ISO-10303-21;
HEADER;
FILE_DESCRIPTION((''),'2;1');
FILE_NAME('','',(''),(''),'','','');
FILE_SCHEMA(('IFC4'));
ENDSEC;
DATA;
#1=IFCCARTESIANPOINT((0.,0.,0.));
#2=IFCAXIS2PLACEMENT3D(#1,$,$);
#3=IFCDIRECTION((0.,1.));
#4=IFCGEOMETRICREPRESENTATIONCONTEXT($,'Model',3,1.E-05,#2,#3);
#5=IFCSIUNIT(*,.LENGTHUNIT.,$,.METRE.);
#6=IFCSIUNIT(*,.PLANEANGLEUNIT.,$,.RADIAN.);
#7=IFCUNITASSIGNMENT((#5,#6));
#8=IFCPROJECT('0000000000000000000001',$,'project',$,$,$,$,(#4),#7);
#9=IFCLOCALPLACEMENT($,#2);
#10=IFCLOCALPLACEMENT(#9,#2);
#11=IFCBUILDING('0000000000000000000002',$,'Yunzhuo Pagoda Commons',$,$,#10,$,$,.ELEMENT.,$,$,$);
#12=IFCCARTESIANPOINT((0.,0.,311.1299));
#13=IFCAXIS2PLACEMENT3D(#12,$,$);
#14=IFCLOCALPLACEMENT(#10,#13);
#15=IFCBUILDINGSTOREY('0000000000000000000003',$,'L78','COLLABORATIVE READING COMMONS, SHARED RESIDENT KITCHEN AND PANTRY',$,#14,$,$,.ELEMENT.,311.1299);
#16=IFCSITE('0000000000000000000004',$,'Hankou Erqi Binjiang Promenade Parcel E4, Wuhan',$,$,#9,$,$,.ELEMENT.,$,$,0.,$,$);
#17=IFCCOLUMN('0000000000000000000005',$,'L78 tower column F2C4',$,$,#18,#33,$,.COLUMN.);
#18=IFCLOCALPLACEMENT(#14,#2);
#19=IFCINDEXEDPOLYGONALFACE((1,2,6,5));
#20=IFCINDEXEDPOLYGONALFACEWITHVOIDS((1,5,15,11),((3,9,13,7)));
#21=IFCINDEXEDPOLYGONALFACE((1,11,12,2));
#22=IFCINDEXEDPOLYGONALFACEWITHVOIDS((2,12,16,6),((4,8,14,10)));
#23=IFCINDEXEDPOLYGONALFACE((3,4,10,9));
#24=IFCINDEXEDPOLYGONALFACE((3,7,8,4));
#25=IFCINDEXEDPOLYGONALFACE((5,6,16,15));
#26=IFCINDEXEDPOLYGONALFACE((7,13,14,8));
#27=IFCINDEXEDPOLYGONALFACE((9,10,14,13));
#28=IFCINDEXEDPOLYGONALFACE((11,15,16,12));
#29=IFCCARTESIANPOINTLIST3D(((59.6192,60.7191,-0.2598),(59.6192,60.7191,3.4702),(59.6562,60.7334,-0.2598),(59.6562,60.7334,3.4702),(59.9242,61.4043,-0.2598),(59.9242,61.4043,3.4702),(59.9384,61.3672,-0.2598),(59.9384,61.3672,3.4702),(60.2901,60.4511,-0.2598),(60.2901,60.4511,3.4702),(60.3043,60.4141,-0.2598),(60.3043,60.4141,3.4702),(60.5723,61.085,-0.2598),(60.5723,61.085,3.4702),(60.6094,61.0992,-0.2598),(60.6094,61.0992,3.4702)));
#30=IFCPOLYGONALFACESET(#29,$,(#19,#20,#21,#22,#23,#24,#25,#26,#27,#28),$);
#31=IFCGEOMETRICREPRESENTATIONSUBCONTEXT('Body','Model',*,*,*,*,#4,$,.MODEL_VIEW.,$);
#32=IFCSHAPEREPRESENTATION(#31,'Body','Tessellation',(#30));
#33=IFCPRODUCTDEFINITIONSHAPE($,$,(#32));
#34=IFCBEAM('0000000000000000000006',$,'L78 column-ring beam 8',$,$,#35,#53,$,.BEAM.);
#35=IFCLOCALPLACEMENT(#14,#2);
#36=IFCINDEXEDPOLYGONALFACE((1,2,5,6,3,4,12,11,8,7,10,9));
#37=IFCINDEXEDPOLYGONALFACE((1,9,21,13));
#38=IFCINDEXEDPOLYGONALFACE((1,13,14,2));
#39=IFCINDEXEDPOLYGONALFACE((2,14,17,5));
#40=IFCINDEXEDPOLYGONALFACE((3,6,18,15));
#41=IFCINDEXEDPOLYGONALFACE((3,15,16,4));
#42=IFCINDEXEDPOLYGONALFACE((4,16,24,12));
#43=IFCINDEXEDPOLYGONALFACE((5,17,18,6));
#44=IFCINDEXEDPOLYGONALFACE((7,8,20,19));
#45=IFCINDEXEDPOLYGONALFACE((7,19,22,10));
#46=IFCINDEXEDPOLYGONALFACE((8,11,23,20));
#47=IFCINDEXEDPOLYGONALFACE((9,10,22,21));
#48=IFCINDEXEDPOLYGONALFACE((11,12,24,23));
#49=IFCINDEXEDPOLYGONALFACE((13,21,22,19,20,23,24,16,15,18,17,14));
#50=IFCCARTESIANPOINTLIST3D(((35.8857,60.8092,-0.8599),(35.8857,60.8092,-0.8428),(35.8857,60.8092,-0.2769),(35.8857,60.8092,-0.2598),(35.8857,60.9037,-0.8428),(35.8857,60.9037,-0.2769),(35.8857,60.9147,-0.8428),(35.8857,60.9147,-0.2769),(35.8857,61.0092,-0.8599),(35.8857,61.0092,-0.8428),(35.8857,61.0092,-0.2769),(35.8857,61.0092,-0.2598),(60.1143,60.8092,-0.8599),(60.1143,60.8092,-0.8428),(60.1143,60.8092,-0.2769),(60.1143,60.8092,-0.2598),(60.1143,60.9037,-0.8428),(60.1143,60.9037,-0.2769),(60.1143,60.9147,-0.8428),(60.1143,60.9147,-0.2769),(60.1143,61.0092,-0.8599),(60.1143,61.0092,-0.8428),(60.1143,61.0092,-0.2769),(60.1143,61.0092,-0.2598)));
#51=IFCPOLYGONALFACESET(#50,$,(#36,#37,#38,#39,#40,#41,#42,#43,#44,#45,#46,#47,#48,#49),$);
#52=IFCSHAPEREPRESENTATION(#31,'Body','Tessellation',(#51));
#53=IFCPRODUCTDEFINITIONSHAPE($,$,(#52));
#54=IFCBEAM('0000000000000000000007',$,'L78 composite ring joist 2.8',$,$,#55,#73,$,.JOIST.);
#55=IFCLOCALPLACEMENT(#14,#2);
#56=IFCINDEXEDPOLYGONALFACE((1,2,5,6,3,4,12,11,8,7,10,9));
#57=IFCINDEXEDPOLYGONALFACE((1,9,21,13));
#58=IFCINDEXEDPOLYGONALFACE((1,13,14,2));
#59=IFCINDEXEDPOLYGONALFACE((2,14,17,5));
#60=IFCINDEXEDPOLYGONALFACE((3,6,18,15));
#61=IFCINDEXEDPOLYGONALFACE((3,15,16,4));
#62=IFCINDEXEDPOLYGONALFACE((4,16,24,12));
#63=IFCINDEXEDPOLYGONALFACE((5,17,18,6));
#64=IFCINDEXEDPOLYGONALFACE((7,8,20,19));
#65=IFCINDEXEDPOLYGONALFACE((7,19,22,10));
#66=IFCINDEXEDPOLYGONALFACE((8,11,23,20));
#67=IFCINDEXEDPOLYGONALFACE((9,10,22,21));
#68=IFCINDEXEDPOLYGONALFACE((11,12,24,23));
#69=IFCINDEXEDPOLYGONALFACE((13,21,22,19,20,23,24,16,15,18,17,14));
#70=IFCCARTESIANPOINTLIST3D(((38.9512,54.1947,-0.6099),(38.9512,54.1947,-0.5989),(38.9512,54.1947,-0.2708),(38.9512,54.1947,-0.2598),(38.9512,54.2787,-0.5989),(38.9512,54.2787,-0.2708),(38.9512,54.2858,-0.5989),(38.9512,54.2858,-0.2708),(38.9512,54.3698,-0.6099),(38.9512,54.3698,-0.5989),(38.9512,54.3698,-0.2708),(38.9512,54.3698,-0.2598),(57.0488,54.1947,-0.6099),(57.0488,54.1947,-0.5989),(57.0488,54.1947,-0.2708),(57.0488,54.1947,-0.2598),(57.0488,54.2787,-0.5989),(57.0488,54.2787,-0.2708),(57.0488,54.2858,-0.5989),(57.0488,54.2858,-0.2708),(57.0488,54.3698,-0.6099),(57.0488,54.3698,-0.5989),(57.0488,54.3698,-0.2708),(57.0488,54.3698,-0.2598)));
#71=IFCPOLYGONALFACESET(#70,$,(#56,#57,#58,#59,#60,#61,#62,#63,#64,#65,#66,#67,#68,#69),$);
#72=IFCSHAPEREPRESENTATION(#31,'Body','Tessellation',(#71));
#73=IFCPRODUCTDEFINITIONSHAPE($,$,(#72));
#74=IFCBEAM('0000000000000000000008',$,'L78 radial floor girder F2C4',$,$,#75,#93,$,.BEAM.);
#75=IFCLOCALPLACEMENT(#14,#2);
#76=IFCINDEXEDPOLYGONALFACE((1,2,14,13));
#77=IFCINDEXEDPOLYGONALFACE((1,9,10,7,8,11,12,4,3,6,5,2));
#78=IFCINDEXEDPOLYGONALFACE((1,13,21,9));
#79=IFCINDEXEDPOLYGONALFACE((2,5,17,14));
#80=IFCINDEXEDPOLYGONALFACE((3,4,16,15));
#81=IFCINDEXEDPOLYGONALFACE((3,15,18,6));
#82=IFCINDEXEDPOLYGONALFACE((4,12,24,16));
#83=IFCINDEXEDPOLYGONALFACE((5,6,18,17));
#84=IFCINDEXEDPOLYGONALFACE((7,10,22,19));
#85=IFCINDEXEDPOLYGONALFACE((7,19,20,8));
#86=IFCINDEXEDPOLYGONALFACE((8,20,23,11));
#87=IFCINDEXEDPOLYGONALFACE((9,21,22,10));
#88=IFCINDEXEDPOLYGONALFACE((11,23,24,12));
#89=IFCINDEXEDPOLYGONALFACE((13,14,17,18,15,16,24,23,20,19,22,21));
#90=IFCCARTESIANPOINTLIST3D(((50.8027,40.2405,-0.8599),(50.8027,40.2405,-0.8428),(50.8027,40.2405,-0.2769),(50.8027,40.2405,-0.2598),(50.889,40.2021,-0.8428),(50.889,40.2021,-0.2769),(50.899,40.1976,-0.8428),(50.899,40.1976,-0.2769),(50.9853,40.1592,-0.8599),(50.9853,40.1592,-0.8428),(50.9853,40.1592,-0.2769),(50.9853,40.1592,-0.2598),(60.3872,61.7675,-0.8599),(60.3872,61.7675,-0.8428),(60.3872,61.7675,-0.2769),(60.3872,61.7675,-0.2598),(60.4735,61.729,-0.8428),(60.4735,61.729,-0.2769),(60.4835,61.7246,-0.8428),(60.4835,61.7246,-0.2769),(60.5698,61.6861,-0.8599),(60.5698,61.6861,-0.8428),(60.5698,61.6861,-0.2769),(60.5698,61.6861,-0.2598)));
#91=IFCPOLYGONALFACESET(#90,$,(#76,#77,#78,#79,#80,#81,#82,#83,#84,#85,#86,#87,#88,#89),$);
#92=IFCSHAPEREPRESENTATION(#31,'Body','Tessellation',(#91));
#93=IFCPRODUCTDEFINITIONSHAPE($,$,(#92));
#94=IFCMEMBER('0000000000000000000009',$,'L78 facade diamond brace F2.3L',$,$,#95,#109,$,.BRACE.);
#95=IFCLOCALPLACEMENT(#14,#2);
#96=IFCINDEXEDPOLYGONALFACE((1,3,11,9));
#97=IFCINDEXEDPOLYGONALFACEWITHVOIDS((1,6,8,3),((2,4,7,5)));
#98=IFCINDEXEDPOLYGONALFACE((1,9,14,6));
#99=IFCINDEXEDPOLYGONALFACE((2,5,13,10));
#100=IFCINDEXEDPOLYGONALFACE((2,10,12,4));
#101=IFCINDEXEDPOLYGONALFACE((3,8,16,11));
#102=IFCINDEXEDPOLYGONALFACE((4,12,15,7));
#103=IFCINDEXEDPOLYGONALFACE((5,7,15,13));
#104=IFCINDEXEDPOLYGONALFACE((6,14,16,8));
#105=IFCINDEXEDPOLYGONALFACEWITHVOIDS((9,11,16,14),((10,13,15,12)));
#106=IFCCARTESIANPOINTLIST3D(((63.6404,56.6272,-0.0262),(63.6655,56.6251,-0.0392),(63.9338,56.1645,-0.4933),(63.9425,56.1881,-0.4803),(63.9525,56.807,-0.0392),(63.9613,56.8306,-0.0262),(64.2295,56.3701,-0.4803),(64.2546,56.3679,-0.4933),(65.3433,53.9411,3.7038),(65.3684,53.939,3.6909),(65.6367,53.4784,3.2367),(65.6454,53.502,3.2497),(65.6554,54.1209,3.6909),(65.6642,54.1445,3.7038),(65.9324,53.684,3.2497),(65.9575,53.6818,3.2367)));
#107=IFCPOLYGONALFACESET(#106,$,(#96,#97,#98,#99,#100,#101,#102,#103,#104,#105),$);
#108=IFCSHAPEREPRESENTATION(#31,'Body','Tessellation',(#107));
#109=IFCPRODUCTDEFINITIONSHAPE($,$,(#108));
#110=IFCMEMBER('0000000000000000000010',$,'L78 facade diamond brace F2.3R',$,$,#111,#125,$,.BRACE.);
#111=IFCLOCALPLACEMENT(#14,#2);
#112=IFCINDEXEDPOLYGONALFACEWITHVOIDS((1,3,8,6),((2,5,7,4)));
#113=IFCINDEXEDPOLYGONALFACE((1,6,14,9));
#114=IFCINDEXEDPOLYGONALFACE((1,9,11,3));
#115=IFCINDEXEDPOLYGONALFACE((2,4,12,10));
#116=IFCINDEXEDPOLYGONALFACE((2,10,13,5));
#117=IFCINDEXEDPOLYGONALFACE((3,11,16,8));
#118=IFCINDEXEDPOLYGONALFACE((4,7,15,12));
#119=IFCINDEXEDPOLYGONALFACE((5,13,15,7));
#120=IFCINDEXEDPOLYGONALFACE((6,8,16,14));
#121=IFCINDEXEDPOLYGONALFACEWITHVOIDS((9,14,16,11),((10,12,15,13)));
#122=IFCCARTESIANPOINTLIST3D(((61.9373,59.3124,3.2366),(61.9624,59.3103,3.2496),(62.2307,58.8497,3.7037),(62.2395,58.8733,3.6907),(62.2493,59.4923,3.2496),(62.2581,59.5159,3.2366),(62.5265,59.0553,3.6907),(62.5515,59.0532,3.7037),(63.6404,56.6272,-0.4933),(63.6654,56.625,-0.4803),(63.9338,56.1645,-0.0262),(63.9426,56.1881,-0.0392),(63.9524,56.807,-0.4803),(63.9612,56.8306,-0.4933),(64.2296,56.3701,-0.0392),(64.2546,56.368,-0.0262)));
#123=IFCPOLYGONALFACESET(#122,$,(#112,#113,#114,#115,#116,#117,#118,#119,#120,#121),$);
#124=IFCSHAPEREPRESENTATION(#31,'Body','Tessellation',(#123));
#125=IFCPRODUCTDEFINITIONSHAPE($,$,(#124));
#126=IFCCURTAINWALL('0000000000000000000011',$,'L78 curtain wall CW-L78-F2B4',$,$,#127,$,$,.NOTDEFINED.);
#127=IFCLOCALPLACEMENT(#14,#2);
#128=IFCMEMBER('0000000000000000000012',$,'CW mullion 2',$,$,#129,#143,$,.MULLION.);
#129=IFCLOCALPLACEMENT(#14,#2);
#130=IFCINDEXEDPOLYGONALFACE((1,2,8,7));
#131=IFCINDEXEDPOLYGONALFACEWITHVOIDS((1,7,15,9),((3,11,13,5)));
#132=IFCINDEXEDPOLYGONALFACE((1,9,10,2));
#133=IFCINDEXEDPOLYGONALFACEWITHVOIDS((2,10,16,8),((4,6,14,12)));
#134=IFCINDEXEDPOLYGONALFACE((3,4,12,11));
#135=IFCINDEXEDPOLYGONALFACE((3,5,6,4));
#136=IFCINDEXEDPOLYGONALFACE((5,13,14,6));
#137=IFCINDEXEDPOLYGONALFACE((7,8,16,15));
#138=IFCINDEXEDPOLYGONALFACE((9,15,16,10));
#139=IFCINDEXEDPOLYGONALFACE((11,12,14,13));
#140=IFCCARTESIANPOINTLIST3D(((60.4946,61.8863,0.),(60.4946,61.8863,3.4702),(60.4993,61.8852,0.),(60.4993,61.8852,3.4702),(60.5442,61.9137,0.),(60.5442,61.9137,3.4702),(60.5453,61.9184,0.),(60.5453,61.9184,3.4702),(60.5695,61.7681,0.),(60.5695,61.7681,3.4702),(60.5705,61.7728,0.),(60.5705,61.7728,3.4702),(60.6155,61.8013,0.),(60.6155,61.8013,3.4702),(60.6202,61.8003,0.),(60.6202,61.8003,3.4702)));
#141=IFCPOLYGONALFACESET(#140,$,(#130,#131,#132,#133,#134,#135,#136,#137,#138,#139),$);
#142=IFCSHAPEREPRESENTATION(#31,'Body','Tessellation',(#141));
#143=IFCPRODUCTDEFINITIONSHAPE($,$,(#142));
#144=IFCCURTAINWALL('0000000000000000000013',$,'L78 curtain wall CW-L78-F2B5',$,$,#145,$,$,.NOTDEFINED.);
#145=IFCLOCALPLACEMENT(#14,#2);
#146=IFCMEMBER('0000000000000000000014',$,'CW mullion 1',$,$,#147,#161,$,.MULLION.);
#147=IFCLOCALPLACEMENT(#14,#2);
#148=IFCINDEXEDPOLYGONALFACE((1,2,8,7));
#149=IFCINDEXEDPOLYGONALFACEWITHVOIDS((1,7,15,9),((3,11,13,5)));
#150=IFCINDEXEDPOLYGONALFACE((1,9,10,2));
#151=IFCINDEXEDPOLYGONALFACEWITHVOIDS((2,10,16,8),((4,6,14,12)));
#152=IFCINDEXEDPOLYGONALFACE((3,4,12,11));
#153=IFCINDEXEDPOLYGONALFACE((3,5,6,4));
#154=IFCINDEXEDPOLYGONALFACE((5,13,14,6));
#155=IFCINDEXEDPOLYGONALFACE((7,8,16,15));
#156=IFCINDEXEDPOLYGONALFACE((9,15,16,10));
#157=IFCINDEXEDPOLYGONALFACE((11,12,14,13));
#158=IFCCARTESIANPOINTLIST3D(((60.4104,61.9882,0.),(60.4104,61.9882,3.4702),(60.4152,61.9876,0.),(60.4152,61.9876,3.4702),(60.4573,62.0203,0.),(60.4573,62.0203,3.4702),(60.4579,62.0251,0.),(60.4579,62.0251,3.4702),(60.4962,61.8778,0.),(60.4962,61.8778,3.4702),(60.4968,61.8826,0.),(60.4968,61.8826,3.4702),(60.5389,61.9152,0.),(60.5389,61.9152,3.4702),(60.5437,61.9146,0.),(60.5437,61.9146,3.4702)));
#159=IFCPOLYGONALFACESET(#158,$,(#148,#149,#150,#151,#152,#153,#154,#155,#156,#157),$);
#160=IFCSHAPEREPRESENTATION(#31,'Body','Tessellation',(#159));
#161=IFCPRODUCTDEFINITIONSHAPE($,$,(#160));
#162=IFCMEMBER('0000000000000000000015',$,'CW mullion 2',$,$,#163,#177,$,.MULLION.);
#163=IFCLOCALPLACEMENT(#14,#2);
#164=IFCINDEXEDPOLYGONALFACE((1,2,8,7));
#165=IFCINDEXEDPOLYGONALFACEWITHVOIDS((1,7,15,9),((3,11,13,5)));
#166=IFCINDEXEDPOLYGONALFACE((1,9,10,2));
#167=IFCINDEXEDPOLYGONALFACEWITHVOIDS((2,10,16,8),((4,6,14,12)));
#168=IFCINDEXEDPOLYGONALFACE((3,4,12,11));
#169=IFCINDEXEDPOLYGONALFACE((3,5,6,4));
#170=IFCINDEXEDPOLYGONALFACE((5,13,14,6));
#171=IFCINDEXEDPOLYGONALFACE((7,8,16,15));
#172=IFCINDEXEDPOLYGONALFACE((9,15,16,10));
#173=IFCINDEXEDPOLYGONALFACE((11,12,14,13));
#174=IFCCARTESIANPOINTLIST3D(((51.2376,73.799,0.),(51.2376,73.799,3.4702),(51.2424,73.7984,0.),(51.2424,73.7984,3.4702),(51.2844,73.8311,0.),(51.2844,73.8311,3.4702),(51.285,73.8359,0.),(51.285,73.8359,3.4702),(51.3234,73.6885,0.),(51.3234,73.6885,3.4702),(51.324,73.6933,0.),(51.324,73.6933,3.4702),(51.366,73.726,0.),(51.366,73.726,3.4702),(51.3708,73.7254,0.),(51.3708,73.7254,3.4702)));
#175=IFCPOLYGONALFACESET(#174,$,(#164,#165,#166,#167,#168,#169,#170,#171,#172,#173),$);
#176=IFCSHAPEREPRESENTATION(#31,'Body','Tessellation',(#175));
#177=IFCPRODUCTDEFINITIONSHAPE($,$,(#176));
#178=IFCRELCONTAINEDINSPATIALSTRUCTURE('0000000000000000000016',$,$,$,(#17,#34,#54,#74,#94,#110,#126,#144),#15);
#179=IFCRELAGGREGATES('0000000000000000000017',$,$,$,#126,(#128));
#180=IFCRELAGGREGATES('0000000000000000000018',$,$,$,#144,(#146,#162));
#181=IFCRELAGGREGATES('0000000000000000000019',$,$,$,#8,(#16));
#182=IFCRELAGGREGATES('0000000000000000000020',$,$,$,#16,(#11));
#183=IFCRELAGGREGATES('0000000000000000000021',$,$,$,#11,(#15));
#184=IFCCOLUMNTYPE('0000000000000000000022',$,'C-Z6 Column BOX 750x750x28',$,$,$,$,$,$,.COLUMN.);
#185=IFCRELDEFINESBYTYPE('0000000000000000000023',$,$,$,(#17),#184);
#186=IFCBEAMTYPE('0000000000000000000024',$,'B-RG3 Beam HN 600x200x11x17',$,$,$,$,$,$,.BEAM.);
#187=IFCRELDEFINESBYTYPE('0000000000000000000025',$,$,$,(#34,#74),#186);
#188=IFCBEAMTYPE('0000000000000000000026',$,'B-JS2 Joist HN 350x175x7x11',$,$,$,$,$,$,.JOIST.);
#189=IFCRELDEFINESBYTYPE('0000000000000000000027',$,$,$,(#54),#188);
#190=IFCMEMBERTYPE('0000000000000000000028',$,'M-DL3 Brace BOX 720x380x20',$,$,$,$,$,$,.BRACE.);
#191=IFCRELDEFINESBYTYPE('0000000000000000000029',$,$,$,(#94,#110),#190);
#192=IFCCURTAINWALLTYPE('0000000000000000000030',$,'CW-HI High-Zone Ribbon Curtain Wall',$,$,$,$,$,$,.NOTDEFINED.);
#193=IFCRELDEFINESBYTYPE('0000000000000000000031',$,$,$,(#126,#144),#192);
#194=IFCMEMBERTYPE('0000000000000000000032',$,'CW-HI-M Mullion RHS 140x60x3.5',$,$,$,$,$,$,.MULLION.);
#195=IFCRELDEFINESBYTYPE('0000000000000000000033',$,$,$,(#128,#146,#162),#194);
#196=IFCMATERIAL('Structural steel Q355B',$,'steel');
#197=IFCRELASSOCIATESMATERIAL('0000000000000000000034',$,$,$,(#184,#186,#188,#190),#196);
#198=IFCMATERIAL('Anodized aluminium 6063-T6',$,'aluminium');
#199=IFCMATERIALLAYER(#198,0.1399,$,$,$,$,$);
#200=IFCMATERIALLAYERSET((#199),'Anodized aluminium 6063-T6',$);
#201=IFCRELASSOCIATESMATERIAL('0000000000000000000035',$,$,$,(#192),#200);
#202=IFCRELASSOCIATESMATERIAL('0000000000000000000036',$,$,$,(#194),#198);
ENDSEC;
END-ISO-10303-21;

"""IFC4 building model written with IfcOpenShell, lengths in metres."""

from ifc_helpers import new_model, si_unit, direction, frame, origin, origin_2d, place, context, subcontext, project, spatial, hollow_rectangle, i_section, extrude, source, transform, mapped, material, layer, layer_set, material_profile, profile_set, type_object, element, aggregate, save


model = new_model("IFC4")

# Units and contexts
model_context = context("Model", 3, precision=1e-05, world=origin(), true_north=direction((0.0, 1.0)))
body_context = subcontext(model_context, "Body", "Model", "MODEL_VIEW")
ifc_project = project(units=[si_unit("LENGTHUNIT", "METRE"), si_unit("PLANEANGLEUNIT", "RADIAN")], contexts=[model_context])

# Site, building, storey
site_placement = place(None, origin())
site = spatial("IfcSite", under=ifc_project, at=site_placement, Name="Hankou Erqi Binjiang Promenade Parcel E4, Wuhan", CompositionType="ELEMENT", RefElevation=0.0)
building_placement = place(site_placement, origin())
building = spatial("IfcBuilding", under=site, at=building_placement, Name="Yunzhuo Pagoda Commons", CompositionType="ELEMENT")
storey_placement = place(building_placement, frame((0.0, 0.0, 311.1299)))
storey = spatial("IfcBuildingStorey", under=building, at=storey_placement, Name="L78", Description="COLLABORATIVE READING COMMONS, SHARED RESIDENT KITCHEN AND PANTRY", CompositionType="ELEMENT", Elevation=311.1299)

# Column
ifc_material_1 = material(Name="Structural steel Q355B", Category="steel")
ifc_material_profile_1 = material_profile(ifc_material_1, hollow_rectangle(XDim=0.75, YDim=0.75, WallThickness=0.0281, at=origin_2d()), Name="Structural steel Q355B")
ifc_profile_set_1 = profile_set([ifc_material_profile_1], Name="Structural steel Q355B")
column_type = type_object("IfcColumnType", Name="C-Z6 Column BOX 750x750x28", PredefinedType="COLUMN", material=ifc_profile_set_1)
shared_shape_1 = source(origin(), body_context, "Body", "SweptSolid", [
    extrude(hollow_rectangle(XDim=0.75, YDim=0.75, WallThickness=0.0281, at=origin_2d()), origin(), (0.0, 0.0, 1.0), 3.73),
])
column_placement = place(storey_placement, frame((60.1143, 60.9092, -0.2598), z_axis=(0.0, 0.0, 1.0), x_axis=(-0.913545, 0.406737, 0.0)))
element("IfcColumn", 1, at=column_placement, inside=storey, type_object=column_type, Name="L78 tower column F2C4", PredefinedType="COLUMN", context=body_context, shape_type="MappedRepresentation", body=[
    mapped(shared_shape_1, transform((0.0, 0.0, 0.0), scale=1.0)),
])

# Beams
ifc_material_profile_2 = material_profile(ifc_material_1, i_section(OverallWidth=0.2, OverallDepth=0.6001, WebThickness=0.011, FlangeThickness=0.0171, at=origin_2d()), Name="Structural steel Q355B")
ifc_profile_set_2 = profile_set([ifc_material_profile_2], Name="Structural steel Q355B")
beam_type_1 = type_object("IfcBeamType", Name="B-RG3 Beam HN 600x200x11x17", PredefinedType="BEAM", material=ifc_profile_set_2)
shared_shape_2 = source(origin(), body_context, "Body", "SweptSolid", [
    extrude(i_section(OverallWidth=0.2, OverallDepth=0.6001, WebThickness=0.011, FlangeThickness=0.0171, at=origin_2d()), origin(), (0.0, 0.0, 1.0), 24.2285),
])
beam_1_placement = place(storey_placement, frame((60.1143, 60.9092, -0.5598), z_axis=(-1.0, 0.0, 0.0), x_axis=(0.0, -1.0, 0.0)))
element("IfcBeam", 2, at=beam_1_placement, inside=storey, type_object=beam_type_1, Name="L78 column-ring beam 8", PredefinedType="BEAM", context=body_context, shape_type="MappedRepresentation", body=[
    mapped(shared_shape_2, transform((0.0, 0.0, 0.0), scale=1.0)),
])
ifc_material_profile_3 = material_profile(ifc_material_1, i_section(OverallWidth=0.175, OverallDepth=0.3501, WebThickness=0.0071, FlangeThickness=0.011, at=origin_2d()), Name="Structural steel Q355B")
ifc_profile_set_3 = profile_set([ifc_material_profile_3], Name="Structural steel Q355B")
beam_type_2 = type_object("IfcBeamType", Name="B-JS2 Joist HN 350x175x7x11", PredefinedType="JOIST", material=ifc_profile_set_3)
shared_shape_3 = source(origin(), body_context, "Body", "SweptSolid", [
    extrude(i_section(OverallWidth=0.175, OverallDepth=0.3501, WebThickness=0.0071, FlangeThickness=0.011, at=origin_2d()), origin(), (0.0, 0.0, 1.0), 18.0977),
])
beam_2_placement = place(storey_placement, frame((57.0488, 54.2822, -0.4348), z_axis=(-1.0, 0.0, 0.0), x_axis=(0.0, -1.0, 0.0)))
element("IfcBeam", 3, at=beam_2_placement, inside=storey, type_object=beam_type_2, Name="L78 composite ring joist 2.8", PredefinedType="JOIST", context=body_context, shape_type="MappedRepresentation", body=[
    mapped(shared_shape_3, transform((0.0, 0.0, 0.0), scale=1.0)),
])
shared_shape_4 = source(origin(), body_context, "Body", "SweptSolid", [
    extrude(i_section(OverallWidth=0.2, OverallDepth=0.6001, WebThickness=0.011, FlangeThickness=0.0171, at=origin_2d()), origin(), (0.0, 0.0, 1.0), 23.5642),
])
beam_3_placement = place(storey_placement, frame((60.4785, 61.7268, -0.5598), z_axis=(-0.40674, -0.913544, 0.0), x_axis=(0.913544, -0.40674, 0.0)))
element("IfcBeam", 4, at=beam_3_placement, inside=storey, type_object=beam_type_1, Name="L78 radial floor girder F2C4", PredefinedType="BEAM", context=body_context, shape_type="MappedRepresentation", body=[
    mapped(shared_shape_4, transform((0.0, 0.0, 0.0), scale=1.0)),
])

# Members
ifc_material_profile_4 = material_profile(ifc_material_1, hollow_rectangle(XDim=0.3799, YDim=0.72, WallThickness=0.02, at=origin_2d()), Name="Structural steel Q355B")
ifc_profile_set_4 = profile_set([ifc_material_profile_4], Name="Structural steel Q355B")
member_type_1 = type_object("IfcMemberType", Name="M-DL3 Brace BOX 720x380x20", PredefinedType="BRACE", material=ifc_profile_set_4)
shared_shape_5 = source(origin(), body_context, "Body", "SweptSolid", [
    extrude(hollow_rectangle(XDim=0.3799, YDim=0.72, WallThickness=0.02, at=origin_2d()), origin(), (0.0, 0.0, 1.0), 4.9019),
])
member_1_placement = place(storey_placement, frame((63.9475, 56.4976, -0.2598), z_axis=(0.347401, -0.547973, 0.760946), x_axis=(0.844574, 0.535439, 0.0)))
element("IfcMember", 5, at=member_1_placement, inside=storey, type_object=member_type_1, Name="L78 facade diamond brace F2.3L", PredefinedType="BRACE", context=body_context, shape_type="MappedRepresentation", body=[
    mapped(shared_shape_5, transform((0.0, 0.0, 0.0), scale=1.0)),
])
shared_shape_6 = source(origin(), body_context, "Body", "SweptSolid", [
    extrude(hollow_rectangle(XDim=0.3799, YDim=0.72, WallThickness=0.02, at=origin_2d()), origin(), (0.0, 0.0, 1.0), 4.9014),
])
member_2_placement = place(storey_placement, frame((63.9475, 56.4976, -0.2598), z_axis=(-0.347474, 0.547859, 0.760995), x_axis=(-0.844473, -0.535598, 0.0)))
element("IfcMember", 6, at=member_2_placement, inside=storey, type_object=member_type_1, Name="L78 facade diamond brace F2.3R", PredefinedType="BRACE", context=body_context, shape_type="MappedRepresentation", body=[
    mapped(shared_shape_6, transform((0.0, 0.0, 0.0), scale=1.0)),
])

# Curtain wall, member
ifc_material_2 = material(Name="Anodized aluminium 6063-T6", Category="aluminium")
ifc_layer_1 = layer(ifc_material_2, 0.1399)
ifc_layer_set_1 = layer_set([ifc_layer_1], Name="Anodized aluminium 6063-T6")
curtain_wall_type = type_object("IfcCurtainWallType", Name="CW-HI High-Zone Ribbon Curtain Wall", PredefinedType="NOTDEFINED", material=ifc_layer_set_1)
curtain_wall_1_placement = place(storey_placement, origin())
curtain_wall_1 = element("IfcCurtainWall", 7, at=curtain_wall_1_placement, inside=storey, type_object=curtain_wall_type, Name="L78 curtain wall CW-L78-F2B4", PredefinedType="NOTDEFINED")
ifc_material_profile_5 = material_profile(ifc_material_2, hollow_rectangle(XDim=0.0601, YDim=0.1399, WallThickness=0.0034, at=origin_2d()), Name="Anodized aluminium 6063-T6")
ifc_profile_set_5 = profile_set([ifc_material_profile_5], Name="Anodized aluminium 6063-T6")
member_type_2 = type_object("IfcMemberType", Name="CW-HI-M Mullion RHS 140x60x3.5", PredefinedType="MULLION", material=ifc_profile_set_5)
shared_shape_7 = source(origin(), body_context, "Body", "SweptSolid", [
    extrude(hollow_rectangle(XDim=0.0601, YDim=0.1399, WallThickness=0.0034, at=origin_2d()), origin(), (0.0, 0.0, 1.0), 3.4702),
])
member_3_placement = place(storey_placement, frame((60.5574, 61.8433, 0.0), z_axis=(0.0, 0.0, 1.0), x_axis=(-0.844513, -0.535535, 0.0)))
member_3 = element("IfcMember", 8, at=member_3_placement, type_object=member_type_2, Name="CW mullion 2", PredefinedType="MULLION", context=body_context, shape_type="MappedRepresentation", body=[
    mapped(shared_shape_7, transform((0.0, 0.0, 0.0), scale=1.0)),
])

# Curtain wall, members
curtain_wall_2_placement = place(storey_placement, origin())
curtain_wall_2 = element("IfcCurtainWall", 9, at=curtain_wall_2_placement, inside=storey, type_object=curtain_wall_type, Name="L78 curtain wall CW-L78-F2B5", PredefinedType="NOTDEFINED")
member_4_placement = place(storey_placement, frame((60.4771, 61.9514, 0.0), z_axis=(0.0, 0.0, 1.0), x_axis=(-0.789783, -0.613387, 0.0)))
member_4 = element("IfcMember", 10, at=member_4_placement, type_object=member_type_2, Name="CW mullion 1", PredefinedType="MULLION", context=body_context, shape_type="MappedRepresentation", body=[
    mapped(shared_shape_7, transform((0.0, 0.0, 0.0), scale=1.0)),
])
member_5_placement = place(storey_placement, frame((51.3042, 73.7622, 0.0), z_axis=(0.0, 0.0, 1.0), x_axis=(-0.789783, -0.613387, 0.0)))
member_5 = element("IfcMember", 11, at=member_5_placement, type_object=member_type_2, Name="CW mullion 2", PredefinedType="MULLION", context=body_context, shape_type="MappedRepresentation", body=[
    mapped(shared_shape_7, transform((0.0, 0.0, 0.0), scale=1.0)),
])

aggregate(curtain_wall_1, [member_3])

aggregate(curtain_wall_2, [member_4, member_5])

save(model, "model.ifc")
